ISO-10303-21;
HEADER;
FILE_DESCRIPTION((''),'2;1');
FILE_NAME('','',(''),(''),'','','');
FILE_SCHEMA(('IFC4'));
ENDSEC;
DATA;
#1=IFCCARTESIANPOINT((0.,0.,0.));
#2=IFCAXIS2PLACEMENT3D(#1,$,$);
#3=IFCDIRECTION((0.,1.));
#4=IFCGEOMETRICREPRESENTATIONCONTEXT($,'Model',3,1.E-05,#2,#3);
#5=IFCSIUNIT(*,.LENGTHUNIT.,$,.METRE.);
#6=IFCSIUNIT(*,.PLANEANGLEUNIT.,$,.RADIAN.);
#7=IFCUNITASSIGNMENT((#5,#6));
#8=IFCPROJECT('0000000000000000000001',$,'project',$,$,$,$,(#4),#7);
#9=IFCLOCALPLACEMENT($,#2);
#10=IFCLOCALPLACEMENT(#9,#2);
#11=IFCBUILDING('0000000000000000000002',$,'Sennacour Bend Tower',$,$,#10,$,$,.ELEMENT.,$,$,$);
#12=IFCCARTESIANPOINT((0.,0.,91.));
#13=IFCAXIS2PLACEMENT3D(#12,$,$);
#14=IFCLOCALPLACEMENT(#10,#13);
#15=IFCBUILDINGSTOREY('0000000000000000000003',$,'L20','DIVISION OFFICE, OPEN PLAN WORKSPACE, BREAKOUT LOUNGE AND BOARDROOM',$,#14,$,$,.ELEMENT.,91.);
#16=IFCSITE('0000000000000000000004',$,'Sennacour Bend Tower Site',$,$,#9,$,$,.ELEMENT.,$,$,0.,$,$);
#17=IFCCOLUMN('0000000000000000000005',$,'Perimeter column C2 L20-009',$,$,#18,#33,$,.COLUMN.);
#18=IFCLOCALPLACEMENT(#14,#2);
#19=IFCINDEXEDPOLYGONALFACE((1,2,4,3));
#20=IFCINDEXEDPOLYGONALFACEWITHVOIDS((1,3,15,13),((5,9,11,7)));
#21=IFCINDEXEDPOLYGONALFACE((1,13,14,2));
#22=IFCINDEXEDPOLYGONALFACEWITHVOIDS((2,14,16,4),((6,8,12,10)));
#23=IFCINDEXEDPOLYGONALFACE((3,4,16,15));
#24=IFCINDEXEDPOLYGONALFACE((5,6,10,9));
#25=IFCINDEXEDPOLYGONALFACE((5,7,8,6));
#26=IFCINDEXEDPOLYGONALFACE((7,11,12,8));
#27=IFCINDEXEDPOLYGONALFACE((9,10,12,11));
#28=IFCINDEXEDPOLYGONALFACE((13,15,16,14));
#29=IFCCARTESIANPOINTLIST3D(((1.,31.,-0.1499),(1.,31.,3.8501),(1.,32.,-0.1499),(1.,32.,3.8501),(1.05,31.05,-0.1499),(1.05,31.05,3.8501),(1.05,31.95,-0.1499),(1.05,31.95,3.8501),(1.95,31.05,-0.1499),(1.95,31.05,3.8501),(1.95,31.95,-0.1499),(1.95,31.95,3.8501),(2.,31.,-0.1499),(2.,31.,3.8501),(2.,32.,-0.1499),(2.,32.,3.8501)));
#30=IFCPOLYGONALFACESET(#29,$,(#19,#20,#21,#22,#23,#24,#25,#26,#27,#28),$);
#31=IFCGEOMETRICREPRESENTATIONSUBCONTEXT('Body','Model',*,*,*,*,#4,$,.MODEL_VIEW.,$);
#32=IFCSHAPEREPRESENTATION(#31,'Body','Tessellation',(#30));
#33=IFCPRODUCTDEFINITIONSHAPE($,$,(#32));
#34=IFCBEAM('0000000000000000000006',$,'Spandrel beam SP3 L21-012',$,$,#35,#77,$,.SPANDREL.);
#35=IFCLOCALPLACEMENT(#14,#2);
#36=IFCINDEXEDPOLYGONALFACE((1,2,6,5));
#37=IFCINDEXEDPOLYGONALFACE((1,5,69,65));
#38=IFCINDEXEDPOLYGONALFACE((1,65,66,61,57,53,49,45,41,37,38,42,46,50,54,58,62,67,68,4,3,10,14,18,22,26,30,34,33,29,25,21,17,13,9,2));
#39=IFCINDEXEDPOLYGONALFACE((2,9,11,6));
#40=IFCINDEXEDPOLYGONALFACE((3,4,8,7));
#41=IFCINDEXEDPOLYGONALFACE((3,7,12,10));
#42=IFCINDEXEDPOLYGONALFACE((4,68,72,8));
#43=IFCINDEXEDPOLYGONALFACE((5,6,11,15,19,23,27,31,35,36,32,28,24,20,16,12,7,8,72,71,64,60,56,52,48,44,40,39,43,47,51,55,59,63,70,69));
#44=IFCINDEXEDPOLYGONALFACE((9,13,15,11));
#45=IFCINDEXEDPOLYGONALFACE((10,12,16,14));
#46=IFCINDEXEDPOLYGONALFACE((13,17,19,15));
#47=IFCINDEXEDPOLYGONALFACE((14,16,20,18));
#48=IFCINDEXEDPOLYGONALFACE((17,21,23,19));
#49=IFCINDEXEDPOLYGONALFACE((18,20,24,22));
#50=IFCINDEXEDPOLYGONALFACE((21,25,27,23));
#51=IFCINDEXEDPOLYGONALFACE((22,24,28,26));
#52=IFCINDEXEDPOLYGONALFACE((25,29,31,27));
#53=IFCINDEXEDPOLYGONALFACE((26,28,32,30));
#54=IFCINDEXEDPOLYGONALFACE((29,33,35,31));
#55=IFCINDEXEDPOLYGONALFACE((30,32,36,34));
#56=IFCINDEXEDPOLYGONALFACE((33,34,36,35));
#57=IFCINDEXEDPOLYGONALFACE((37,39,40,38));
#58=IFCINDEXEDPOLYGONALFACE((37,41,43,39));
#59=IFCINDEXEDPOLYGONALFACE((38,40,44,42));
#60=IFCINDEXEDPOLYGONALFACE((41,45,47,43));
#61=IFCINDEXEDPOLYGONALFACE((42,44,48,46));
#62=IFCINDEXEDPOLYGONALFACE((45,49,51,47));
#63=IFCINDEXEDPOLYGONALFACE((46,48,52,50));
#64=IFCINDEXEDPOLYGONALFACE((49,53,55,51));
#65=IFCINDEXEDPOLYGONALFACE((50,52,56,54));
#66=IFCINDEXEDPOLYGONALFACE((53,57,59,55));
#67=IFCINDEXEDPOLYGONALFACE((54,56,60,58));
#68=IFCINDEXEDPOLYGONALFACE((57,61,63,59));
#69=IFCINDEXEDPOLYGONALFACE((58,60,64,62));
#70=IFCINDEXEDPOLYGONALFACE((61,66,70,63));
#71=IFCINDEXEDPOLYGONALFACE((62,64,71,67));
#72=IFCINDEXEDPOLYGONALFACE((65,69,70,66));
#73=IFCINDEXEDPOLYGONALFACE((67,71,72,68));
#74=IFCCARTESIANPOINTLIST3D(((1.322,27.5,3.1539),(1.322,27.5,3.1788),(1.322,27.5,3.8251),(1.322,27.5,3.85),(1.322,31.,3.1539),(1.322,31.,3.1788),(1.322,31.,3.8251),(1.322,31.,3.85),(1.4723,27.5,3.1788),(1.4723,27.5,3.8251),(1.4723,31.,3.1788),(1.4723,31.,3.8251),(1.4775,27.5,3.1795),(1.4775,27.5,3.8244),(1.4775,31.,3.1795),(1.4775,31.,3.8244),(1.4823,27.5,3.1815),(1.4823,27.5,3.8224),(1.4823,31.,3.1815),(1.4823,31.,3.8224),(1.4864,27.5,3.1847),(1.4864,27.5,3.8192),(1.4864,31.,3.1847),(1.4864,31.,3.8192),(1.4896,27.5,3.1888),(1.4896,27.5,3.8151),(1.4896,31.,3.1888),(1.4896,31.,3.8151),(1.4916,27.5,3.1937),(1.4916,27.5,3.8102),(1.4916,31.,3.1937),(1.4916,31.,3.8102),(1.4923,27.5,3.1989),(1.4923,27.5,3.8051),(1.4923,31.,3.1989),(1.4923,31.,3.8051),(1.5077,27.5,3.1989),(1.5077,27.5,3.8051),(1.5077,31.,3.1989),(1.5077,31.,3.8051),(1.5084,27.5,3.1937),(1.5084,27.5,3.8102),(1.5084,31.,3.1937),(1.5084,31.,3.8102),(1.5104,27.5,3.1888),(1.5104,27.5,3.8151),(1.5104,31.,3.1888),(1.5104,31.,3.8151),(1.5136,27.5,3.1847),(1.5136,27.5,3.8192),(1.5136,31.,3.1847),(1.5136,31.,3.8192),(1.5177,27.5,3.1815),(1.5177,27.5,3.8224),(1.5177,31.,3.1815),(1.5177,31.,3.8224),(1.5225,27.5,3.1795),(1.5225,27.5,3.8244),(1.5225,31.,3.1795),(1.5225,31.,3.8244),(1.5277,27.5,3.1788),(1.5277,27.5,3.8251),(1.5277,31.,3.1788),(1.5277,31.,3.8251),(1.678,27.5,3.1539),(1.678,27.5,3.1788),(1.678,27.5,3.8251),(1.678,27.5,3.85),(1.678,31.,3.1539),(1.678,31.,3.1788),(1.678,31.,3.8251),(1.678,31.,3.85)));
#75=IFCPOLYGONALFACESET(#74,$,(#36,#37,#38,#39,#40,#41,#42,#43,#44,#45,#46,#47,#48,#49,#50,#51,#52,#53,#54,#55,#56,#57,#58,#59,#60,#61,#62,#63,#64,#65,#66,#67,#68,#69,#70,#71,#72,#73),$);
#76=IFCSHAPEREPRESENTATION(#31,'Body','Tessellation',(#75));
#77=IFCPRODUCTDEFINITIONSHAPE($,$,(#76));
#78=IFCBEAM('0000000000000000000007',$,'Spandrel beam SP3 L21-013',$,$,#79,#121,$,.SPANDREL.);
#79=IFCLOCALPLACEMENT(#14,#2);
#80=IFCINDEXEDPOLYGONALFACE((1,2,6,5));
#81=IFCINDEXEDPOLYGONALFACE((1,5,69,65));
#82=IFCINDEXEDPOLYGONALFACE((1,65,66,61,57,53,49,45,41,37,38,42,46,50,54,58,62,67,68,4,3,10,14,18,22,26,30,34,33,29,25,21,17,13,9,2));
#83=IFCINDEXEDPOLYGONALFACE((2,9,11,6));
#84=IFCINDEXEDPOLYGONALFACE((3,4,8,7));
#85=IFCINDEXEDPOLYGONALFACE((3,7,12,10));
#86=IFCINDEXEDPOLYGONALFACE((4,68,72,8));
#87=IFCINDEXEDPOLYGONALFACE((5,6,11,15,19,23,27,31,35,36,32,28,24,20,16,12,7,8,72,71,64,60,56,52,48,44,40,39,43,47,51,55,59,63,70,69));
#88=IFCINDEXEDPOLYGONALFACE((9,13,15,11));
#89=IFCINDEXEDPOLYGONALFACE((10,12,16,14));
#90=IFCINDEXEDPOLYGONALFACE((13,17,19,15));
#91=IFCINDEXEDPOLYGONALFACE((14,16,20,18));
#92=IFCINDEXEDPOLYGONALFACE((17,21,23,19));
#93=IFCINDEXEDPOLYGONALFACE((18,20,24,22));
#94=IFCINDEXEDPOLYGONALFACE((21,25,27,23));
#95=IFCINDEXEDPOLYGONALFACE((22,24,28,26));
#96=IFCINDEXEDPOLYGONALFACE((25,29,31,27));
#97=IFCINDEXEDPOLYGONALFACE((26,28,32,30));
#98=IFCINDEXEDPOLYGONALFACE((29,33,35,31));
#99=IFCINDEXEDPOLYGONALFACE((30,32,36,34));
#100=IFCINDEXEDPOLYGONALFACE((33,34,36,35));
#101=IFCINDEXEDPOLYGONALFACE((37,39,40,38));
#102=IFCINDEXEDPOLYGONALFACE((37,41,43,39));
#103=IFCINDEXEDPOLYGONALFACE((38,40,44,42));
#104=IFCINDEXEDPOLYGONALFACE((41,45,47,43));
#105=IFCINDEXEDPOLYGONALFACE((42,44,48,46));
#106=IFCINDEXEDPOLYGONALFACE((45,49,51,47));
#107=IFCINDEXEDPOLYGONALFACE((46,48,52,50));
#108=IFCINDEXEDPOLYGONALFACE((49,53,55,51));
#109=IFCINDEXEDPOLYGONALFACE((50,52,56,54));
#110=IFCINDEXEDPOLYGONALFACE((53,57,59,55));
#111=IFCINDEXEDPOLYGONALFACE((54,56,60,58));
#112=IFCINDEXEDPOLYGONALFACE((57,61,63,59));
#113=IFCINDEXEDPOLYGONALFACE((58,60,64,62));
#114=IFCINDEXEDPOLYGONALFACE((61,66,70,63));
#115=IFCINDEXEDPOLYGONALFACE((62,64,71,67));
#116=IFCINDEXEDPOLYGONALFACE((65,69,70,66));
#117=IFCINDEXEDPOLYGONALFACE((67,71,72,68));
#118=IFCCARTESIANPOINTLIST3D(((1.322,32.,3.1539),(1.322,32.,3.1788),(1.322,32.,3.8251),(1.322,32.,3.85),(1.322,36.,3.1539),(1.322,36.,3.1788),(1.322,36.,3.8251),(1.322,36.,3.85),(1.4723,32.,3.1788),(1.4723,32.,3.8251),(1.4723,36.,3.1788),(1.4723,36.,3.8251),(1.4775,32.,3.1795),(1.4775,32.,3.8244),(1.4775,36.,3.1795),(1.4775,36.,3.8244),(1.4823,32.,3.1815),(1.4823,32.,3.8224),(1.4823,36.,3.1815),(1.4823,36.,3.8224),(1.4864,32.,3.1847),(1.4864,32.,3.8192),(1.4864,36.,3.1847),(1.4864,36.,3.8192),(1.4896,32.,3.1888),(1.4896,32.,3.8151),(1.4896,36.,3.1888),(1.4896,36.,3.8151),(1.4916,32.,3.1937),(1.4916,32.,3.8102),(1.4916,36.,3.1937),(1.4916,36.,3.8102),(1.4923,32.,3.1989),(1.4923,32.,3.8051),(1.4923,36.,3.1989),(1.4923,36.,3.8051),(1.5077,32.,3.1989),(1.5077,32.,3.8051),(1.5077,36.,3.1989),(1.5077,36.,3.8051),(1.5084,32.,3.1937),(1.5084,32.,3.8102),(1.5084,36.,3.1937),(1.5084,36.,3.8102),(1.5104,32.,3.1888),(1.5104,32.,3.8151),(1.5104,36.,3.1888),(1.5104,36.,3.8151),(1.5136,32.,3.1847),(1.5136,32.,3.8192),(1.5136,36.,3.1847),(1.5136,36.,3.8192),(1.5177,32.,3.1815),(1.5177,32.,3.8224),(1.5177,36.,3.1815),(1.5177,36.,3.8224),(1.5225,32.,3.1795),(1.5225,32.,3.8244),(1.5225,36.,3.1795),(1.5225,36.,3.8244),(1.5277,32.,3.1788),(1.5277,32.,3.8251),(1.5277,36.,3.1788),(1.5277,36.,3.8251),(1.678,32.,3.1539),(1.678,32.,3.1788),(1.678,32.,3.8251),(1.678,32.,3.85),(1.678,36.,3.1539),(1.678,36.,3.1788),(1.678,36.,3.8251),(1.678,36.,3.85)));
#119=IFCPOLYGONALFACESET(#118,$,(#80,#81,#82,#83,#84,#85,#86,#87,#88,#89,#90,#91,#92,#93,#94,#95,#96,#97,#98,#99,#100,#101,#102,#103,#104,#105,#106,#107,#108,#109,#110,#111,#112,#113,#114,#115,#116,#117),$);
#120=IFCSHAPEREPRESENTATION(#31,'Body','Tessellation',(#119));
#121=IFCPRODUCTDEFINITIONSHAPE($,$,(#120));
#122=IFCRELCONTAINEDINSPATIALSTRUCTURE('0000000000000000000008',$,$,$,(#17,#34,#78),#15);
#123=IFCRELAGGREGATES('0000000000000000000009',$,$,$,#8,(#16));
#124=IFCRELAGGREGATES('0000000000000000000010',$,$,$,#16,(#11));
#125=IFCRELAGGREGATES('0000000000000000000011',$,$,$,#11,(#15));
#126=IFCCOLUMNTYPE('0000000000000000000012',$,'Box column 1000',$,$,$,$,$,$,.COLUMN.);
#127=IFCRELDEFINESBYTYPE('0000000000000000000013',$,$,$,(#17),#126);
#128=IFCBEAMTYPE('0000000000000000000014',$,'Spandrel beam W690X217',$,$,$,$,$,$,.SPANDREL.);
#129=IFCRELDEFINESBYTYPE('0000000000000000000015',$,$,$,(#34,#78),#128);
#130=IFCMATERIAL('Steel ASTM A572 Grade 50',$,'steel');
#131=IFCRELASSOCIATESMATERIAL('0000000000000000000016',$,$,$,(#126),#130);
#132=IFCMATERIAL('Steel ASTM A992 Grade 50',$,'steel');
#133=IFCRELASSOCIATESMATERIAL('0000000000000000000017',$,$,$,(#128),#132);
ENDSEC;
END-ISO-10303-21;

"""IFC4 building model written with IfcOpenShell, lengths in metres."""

from ifc_helpers import new_model, si_unit, direction, frame, origin, origin_2d, place, context, subcontext, project, spatial, hollow_rectangle, i_section, extrude, material, material_profile, profile_set, type_object, element, save


model = new_model("IFC4")

# Units and contexts
model_context = context("Model", 3, precision=1e-05, world=origin(), true_north=direction((0.0, 1.0)))
body_context = subcontext(model_context, "Body", "Model", "MODEL_VIEW")
ifc_project = project(units=[si_unit("LENGTHUNIT", "METRE"), si_unit("PLANEANGLEUNIT", "RADIAN")], contexts=[model_context])

# Site, building, storey
site_placement = place(None, origin())
site = spatial("IfcSite", under=ifc_project, at=site_placement, Name="Sennacour Bend Tower Site", CompositionType="ELEMENT", RefElevation=0.0)
building_placement = place(site_placement, origin())
building = spatial("IfcBuilding", under=site, at=building_placement, Name="Sennacour Bend Tower", CompositionType="ELEMENT")
storey_placement = place(building_placement, frame((0.0, 0.0, 91.0)))
storey = spatial("IfcBuildingStorey", under=building, at=storey_placement, Name="L20", Description="DIVISION OFFICE, OPEN PLAN WORKSPACE, BREAKOUT LOUNGE AND BOARDROOM", CompositionType="ELEMENT", Elevation=91.0)

# Column
ifc_material_1 = material(Name="Steel ASTM A572 Grade 50", Category="steel")
ifc_material_profile_1 = material_profile(ifc_material_1, hollow_rectangle(XDim=1.0, YDim=1.0, WallThickness=0.05, at=origin_2d()), Name="Steel ASTM A572 Grade 50", Category="steel")
ifc_profile_set_1 = profile_set([ifc_material_profile_1], Name="Steel ASTM A572 Grade 50")
column_type = type_object("IfcColumnType", Name="Box column 1000", PredefinedType="COLUMN", material=ifc_profile_set_1)
column_placement = place(storey_placement, frame((1.5, 31.5, -0.1499), z_axis=(0.0, 0.0, 1.0), x_axis=(1.0, 0.0, 0.0)))
element("IfcColumn", 1, at=column_placement, inside=storey, type_object=column_type, Name="Perimeter column C2 L20-009", PredefinedType="COLUMN", context=body_context, shape_type="SweptSolid", body=[
    extrude(hollow_rectangle(XDim=1.0, YDim=1.0, WallThickness=0.05, at=origin_2d()), origin(), (0.0, 0.0, 1.0), 4.0),
])

# Beams
ifc_material_2 = material(Name="Steel ASTM A992 Grade 50", Category="steel")
ifc_material_profile_2 = material_profile(ifc_material_2, i_section(OverallWidth=0.356, OverallDepth=0.696, WebThickness=0.0154, FlangeThickness=0.0249, FilletRadius=0.02, at=origin_2d()), Name="Steel ASTM A992 Grade 50", Category="steel")
ifc_profile_set_2 = profile_set([ifc_material_profile_2], Name="Steel ASTM A992 Grade 50")
beam_type = type_object("IfcBeamType", Name="Spandrel beam W690X217", PredefinedType="SPANDREL", material=ifc_profile_set_2)
beam_1_placement = place(storey_placement, frame((1.5, 27.5, 3.502), z_axis=(0.0, 1.0, 0.0), x_axis=(-1.0, 0.0, 0.0)))
element("IfcBeam", 2, at=beam_1_placement, inside=storey, type_object=beam_type, Name="Spandrel beam SP3 L21-012", PredefinedType="SPANDREL", context=body_context, shape_type="SweptSolid", body=[
    extrude(i_section(OverallWidth=0.356, OverallDepth=0.696, WebThickness=0.0154, FlangeThickness=0.0249, FilletRadius=0.02, at=origin_2d()), origin(), (0.0, 0.0, 1.0), 3.5),
])
beam_2_placement = place(storey_placement, frame((1.5, 32.0, 3.502), z_axis=(0.0, 1.0, 0.0), x_axis=(-1.0, 0.0, 0.0)))
element("IfcBeam", 3, at=beam_2_placement, inside=storey, type_object=beam_type, Name="Spandrel beam SP3 L21-013", PredefinedType="SPANDREL", context=body_context, shape_type="SweptSolid", body=[
    extrude(i_section(OverallWidth=0.356, OverallDepth=0.696, WebThickness=0.0154, FlangeThickness=0.0249, FilletRadius=0.02, at=origin_2d()), origin(), (0.0, 0.0, 1.0), 4.0),
])

save(model, "model.ifc")
